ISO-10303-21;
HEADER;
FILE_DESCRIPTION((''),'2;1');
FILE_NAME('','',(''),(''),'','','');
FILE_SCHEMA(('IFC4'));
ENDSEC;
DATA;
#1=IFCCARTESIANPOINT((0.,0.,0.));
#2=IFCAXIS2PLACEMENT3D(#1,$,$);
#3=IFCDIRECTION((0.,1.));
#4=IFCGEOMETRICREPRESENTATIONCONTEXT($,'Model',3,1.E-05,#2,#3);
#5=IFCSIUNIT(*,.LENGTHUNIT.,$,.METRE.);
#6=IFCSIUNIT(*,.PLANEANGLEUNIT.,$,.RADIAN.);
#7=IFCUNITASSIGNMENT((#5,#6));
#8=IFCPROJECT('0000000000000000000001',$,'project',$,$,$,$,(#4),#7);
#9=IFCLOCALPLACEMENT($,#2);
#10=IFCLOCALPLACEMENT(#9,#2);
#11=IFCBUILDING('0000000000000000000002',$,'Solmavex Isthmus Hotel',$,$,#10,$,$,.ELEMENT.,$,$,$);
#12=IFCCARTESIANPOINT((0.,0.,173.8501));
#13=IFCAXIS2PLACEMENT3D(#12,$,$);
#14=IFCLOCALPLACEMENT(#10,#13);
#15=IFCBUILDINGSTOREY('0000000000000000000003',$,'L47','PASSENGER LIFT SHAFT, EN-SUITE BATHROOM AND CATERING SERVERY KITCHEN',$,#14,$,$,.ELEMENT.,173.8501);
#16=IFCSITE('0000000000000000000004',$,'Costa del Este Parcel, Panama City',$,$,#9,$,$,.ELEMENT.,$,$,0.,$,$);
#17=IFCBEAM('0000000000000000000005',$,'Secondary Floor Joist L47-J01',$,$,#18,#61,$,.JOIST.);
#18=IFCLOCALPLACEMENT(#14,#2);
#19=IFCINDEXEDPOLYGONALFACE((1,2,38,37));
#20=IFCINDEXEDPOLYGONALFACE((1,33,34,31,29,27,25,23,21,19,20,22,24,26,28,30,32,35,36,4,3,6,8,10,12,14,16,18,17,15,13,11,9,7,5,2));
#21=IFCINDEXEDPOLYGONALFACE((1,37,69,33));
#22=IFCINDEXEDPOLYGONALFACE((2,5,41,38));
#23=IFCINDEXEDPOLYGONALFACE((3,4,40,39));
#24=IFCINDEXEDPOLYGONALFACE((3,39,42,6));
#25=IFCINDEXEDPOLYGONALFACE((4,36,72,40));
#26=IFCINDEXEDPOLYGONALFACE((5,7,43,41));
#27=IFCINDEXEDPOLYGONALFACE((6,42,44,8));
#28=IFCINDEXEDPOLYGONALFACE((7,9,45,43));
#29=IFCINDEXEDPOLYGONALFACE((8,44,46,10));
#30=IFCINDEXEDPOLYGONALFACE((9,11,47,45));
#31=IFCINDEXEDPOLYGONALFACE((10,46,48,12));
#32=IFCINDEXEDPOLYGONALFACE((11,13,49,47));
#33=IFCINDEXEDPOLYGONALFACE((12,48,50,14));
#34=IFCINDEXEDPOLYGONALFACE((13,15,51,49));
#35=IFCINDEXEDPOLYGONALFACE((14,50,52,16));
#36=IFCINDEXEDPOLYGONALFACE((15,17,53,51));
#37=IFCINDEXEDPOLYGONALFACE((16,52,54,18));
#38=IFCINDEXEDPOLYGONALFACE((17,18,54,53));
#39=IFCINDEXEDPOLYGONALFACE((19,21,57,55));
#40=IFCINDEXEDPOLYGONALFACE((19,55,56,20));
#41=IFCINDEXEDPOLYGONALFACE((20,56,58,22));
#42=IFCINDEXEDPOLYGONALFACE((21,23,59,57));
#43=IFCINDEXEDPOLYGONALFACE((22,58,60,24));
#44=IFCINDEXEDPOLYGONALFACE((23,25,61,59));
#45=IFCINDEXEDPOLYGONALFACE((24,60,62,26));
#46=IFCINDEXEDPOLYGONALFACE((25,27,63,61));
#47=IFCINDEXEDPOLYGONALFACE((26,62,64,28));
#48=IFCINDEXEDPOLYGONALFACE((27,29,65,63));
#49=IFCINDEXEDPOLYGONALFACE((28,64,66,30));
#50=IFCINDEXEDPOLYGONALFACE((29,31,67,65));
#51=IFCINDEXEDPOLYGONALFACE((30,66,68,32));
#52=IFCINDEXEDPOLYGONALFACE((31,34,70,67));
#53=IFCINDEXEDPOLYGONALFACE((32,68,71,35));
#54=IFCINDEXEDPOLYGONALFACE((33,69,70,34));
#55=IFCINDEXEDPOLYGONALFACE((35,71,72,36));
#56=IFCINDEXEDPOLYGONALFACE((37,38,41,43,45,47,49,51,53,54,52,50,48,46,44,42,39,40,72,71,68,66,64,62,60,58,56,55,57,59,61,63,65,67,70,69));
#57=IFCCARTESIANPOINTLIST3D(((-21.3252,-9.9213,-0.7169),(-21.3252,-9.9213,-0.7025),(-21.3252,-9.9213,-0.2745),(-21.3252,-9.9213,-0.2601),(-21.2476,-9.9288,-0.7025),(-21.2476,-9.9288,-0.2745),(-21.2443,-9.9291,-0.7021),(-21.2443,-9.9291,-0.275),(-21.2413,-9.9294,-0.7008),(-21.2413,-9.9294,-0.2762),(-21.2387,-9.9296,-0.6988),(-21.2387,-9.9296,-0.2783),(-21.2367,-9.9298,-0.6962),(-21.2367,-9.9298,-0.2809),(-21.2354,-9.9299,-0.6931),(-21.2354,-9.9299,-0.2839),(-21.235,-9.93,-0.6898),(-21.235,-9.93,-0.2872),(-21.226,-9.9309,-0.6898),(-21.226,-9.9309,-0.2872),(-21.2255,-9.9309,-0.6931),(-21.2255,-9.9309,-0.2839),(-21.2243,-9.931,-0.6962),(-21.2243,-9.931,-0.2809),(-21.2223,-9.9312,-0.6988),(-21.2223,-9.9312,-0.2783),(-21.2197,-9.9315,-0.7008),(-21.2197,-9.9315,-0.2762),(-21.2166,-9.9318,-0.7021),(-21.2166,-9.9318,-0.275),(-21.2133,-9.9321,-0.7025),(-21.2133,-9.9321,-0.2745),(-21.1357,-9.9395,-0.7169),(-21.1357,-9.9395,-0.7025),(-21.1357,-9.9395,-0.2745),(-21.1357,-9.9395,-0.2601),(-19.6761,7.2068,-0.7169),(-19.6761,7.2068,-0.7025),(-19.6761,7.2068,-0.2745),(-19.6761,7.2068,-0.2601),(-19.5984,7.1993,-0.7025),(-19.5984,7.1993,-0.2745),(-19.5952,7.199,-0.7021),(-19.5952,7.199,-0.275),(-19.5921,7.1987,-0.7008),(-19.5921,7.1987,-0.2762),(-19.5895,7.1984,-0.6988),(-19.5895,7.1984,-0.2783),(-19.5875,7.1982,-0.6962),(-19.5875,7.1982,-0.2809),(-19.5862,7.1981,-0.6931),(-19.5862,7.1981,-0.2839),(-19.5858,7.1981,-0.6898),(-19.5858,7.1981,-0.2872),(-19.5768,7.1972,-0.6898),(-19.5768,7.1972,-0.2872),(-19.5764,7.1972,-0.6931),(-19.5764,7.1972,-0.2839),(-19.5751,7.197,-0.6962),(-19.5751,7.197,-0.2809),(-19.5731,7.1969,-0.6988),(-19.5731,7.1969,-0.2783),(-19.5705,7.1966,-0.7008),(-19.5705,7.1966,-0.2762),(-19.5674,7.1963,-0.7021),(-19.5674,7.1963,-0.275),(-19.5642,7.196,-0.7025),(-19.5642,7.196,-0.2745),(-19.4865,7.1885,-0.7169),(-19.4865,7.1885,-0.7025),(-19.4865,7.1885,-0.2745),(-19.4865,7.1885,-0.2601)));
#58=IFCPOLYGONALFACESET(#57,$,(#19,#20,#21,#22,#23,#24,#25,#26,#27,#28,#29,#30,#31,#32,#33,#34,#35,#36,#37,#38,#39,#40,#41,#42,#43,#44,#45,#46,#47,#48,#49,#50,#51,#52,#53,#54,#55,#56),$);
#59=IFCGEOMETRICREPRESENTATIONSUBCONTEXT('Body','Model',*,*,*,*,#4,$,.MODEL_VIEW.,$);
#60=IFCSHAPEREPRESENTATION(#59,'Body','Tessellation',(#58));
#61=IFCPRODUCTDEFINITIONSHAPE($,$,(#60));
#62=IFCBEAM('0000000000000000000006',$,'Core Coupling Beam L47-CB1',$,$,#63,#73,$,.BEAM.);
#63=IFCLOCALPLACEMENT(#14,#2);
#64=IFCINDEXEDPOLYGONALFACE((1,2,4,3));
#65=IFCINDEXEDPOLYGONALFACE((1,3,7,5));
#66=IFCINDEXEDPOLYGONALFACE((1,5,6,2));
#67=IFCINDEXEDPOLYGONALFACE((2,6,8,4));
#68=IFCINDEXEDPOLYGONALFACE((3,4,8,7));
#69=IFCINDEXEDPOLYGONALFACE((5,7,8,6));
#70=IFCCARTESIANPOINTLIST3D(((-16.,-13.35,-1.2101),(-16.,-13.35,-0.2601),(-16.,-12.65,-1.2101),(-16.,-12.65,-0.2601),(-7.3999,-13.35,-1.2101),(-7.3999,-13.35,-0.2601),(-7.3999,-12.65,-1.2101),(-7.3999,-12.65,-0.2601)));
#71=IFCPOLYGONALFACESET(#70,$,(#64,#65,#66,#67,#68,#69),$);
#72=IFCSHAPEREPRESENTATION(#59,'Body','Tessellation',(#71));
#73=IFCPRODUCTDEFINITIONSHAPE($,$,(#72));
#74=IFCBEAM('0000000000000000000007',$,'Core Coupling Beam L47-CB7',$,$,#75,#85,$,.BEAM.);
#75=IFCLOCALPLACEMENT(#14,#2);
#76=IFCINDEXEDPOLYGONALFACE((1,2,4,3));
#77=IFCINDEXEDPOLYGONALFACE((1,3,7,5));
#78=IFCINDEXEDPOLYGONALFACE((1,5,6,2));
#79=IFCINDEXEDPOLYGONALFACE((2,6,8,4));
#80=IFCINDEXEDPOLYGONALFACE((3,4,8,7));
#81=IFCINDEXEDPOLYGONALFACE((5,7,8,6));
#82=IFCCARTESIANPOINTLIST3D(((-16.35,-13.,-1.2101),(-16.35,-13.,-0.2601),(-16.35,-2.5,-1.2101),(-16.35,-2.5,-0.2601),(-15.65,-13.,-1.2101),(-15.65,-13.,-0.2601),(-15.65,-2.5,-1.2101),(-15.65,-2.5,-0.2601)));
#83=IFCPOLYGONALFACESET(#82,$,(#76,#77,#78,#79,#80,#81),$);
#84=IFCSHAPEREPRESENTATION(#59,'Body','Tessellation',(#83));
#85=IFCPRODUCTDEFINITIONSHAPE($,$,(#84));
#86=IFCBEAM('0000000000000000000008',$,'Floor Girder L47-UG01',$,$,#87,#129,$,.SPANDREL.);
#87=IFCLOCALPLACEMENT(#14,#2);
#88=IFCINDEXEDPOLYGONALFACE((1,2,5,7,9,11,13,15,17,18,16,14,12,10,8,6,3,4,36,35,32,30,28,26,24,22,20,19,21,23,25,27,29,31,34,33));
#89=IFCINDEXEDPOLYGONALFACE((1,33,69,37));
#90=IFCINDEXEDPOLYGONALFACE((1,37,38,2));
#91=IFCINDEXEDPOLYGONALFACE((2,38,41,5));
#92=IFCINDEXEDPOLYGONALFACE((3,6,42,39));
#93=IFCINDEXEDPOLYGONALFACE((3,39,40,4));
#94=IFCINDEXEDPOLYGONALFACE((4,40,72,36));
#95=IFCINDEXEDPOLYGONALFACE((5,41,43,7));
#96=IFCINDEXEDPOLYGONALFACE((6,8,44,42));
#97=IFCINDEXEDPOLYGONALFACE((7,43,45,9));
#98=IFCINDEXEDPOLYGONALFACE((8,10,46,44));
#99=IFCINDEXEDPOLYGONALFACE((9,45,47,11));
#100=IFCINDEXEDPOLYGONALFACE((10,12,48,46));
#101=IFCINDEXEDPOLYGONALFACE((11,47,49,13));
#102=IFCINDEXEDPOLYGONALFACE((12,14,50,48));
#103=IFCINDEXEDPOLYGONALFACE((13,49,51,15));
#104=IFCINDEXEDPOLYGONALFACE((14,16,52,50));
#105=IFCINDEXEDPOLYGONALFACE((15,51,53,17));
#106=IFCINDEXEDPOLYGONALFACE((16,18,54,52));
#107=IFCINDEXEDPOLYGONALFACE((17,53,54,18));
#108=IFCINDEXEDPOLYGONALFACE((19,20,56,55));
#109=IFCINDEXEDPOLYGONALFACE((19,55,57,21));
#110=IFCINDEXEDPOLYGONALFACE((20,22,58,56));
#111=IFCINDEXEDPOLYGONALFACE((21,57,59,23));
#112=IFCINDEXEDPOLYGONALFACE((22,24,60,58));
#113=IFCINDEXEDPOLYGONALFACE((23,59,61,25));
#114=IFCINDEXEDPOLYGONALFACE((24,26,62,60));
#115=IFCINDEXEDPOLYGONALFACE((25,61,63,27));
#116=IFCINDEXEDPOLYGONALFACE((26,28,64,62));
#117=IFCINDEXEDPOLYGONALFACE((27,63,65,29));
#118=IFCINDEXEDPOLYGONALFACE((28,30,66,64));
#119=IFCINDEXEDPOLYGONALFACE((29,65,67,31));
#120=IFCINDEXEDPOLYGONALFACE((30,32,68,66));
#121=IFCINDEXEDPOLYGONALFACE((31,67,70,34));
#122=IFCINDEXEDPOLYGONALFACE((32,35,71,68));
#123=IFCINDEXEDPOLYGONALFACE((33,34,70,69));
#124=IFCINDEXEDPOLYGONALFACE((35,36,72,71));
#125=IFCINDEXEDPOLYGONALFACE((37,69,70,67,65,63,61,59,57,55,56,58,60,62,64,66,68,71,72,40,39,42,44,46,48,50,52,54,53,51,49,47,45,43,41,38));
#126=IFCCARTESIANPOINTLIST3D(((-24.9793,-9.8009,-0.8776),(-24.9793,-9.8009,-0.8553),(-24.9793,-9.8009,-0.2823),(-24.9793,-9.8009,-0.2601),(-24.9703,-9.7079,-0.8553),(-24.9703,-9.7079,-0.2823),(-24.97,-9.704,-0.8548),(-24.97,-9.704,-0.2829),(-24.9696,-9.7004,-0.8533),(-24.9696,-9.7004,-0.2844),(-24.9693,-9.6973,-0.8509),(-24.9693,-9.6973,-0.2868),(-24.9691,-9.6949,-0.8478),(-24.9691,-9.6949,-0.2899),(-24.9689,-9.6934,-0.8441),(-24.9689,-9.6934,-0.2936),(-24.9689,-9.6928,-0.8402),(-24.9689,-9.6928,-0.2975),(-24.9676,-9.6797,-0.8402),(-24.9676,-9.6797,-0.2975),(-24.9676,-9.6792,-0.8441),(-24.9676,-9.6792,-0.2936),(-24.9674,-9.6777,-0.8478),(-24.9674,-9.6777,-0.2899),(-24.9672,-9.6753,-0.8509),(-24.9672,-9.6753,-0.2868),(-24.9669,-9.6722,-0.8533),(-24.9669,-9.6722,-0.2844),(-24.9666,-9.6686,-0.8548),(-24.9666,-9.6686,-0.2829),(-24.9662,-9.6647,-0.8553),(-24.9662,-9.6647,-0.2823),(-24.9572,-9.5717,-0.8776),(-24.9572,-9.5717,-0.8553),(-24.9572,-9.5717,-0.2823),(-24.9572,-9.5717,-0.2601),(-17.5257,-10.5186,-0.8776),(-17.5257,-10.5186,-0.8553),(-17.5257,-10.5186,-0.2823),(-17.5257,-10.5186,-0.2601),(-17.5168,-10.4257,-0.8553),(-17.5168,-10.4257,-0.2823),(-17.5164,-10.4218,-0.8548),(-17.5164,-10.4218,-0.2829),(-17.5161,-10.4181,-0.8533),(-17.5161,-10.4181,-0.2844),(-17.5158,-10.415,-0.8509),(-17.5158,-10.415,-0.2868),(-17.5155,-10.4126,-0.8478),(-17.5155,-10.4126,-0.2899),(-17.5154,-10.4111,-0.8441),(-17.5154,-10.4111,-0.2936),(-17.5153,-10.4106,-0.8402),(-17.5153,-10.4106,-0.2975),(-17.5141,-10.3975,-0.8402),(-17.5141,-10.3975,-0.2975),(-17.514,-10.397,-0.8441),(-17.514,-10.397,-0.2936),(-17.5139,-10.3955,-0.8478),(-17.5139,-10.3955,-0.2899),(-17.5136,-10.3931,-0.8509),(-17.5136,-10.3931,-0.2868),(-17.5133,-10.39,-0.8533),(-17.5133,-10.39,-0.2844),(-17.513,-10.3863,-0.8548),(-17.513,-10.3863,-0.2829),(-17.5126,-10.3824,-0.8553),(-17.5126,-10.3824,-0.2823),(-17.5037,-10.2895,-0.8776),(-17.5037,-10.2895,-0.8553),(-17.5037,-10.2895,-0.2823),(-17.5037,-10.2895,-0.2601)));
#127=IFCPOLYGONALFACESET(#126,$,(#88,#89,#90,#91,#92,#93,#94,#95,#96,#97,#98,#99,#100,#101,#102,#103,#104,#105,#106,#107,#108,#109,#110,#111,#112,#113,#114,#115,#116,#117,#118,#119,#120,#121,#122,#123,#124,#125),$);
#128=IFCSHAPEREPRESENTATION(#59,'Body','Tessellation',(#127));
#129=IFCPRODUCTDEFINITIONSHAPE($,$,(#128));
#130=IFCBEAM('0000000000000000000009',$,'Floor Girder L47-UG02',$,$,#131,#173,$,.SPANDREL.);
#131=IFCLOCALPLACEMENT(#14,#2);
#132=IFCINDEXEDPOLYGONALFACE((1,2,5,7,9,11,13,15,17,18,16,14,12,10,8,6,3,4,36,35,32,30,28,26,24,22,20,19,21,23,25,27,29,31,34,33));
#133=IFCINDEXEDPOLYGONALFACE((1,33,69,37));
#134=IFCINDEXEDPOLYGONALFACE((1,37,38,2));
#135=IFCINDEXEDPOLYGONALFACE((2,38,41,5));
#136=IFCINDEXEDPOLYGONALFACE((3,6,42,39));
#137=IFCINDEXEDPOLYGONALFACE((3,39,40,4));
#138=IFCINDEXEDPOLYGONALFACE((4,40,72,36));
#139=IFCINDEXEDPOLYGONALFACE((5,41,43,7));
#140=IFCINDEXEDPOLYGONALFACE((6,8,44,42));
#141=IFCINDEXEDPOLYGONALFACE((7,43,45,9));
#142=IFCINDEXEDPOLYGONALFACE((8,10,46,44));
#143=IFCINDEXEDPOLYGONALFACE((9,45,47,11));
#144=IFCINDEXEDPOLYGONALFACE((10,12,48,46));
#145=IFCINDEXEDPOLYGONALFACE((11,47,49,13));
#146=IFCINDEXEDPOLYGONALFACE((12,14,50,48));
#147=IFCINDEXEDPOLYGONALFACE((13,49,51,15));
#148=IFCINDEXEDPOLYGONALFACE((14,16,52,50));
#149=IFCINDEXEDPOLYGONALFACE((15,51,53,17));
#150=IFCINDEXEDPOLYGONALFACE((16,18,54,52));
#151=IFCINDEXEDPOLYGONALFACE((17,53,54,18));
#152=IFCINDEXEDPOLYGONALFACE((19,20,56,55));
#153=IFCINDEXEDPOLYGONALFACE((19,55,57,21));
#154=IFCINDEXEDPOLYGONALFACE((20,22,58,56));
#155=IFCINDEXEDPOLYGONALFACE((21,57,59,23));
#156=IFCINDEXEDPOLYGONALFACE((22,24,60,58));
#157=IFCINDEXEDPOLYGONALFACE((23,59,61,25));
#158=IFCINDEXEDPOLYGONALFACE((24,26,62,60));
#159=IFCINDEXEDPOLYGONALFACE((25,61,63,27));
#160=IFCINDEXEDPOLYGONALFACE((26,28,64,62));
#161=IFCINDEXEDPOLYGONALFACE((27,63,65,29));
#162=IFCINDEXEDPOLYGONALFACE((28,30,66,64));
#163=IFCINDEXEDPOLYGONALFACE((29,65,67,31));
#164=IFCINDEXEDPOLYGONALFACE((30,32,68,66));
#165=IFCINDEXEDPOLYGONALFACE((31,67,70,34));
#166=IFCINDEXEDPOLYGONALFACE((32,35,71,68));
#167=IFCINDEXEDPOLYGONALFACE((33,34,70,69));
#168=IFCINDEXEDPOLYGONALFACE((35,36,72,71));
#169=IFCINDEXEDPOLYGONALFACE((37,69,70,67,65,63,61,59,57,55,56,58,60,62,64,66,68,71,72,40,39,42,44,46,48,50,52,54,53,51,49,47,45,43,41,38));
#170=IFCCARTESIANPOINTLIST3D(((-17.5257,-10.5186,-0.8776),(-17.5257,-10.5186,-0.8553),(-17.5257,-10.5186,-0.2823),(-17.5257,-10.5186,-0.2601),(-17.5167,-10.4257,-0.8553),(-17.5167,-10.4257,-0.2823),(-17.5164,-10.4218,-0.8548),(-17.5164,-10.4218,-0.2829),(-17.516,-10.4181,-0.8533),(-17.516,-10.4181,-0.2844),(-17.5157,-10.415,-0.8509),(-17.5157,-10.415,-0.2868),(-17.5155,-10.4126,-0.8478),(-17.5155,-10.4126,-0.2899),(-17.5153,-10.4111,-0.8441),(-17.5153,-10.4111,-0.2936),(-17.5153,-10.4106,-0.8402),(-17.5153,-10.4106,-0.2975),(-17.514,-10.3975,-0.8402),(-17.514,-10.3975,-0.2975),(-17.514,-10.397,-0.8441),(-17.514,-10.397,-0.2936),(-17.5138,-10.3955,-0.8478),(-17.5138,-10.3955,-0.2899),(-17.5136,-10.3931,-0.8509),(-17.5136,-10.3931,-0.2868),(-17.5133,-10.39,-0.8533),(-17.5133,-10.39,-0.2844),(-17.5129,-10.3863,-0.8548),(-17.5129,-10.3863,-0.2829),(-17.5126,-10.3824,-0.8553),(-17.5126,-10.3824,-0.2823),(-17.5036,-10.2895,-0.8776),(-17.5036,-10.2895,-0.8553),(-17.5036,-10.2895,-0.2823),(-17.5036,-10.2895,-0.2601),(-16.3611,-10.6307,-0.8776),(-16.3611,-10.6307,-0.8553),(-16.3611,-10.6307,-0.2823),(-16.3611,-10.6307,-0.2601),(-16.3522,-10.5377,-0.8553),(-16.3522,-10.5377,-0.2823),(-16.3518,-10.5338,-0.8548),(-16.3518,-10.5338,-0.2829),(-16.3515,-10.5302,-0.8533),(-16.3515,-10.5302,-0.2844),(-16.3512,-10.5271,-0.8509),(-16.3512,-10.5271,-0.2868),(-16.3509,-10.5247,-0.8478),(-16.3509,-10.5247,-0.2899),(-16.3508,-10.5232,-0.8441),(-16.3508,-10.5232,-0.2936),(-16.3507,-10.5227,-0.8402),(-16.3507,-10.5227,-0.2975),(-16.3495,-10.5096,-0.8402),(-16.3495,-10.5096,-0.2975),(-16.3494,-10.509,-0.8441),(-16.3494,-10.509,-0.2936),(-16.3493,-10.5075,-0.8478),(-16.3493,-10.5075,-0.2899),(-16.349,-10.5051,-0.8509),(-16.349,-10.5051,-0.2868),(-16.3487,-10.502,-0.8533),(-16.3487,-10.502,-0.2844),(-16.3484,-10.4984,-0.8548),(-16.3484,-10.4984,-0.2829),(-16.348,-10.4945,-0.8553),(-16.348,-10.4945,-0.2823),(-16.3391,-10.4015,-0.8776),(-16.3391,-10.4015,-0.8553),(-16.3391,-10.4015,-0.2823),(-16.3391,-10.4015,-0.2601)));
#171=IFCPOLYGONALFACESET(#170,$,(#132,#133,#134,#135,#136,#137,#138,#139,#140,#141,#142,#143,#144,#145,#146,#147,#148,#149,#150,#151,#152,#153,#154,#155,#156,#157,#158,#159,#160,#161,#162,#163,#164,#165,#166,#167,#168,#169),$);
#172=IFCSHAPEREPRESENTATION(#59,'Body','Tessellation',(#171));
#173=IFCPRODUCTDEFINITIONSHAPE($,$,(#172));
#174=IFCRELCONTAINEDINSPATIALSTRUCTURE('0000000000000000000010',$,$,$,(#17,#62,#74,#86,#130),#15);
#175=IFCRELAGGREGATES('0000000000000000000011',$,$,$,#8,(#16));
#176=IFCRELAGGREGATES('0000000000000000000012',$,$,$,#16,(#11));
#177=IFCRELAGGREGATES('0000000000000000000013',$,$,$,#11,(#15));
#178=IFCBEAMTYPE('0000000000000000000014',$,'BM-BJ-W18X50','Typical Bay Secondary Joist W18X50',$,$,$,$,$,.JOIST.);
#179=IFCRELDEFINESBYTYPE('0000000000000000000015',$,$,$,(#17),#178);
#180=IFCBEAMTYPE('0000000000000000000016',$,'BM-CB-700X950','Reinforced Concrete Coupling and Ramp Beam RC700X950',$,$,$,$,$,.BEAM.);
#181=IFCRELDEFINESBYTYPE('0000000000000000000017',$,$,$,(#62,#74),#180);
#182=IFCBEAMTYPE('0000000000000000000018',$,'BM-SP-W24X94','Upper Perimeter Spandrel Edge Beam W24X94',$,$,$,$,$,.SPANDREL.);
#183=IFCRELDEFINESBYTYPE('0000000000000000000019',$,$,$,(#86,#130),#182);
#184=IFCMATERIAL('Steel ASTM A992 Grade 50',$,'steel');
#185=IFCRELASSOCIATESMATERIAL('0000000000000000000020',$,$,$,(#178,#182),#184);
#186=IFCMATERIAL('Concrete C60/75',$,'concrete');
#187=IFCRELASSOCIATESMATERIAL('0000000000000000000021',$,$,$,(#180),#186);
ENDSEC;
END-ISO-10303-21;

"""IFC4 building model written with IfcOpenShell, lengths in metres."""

from ifc_helpers import new_model, si_unit, direction, frame, origin, origin_2d, place, context, subcontext, project, spatial, rectangle, i_section, extrude, material, material_profile, profile_set, type_object, element, save


model = new_model("IFC4")

# Units and contexts
model_context = context("Model", 3, precision=1e-05, world=origin(), true_north=direction((0.0, 1.0)))
body_context = subcontext(model_context, "Body", "Model", "MODEL_VIEW")
ifc_project = project(units=[si_unit("LENGTHUNIT", "METRE"), si_unit("PLANEANGLEUNIT", "RADIAN")], contexts=[model_context])

# Site, building, storey
site_placement = place(None, origin())
site = spatial("IfcSite", under=ifc_project, at=site_placement, Name="Costa del Este Parcel, Panama City", CompositionType="ELEMENT", RefElevation=0.0)
building_placement = place(site_placement, origin())
building = spatial("IfcBuilding", under=site, at=building_placement, Name="Solmavex Isthmus Hotel", CompositionType="ELEMENT")
storey_placement = place(building_placement, frame((0.0, 0.0, 173.8501)))
storey = spatial("IfcBuildingStorey", under=building, at=storey_placement, Name="L47", Description="PASSENGER LIFT SHAFT, EN-SUITE BATHROOM AND CATERING SERVERY KITCHEN", CompositionType="ELEMENT", Elevation=173.8501)

# Shared definitions
ifc_material_1 = material(Name="Concrete C60/75", Category="concrete")

# Beams
ifc_material_2 = material(Name="Steel ASTM A992 Grade 50", Category="steel")
ifc_material_profile_1 = material_profile(ifc_material_2, i_section(OverallWidth=0.1904, OverallDepth=0.4568, WebThickness=0.009, FlangeThickness=0.0144, FilletRadius=0.0127, at=origin_2d()), Name="W18X50")
ifc_profile_set_1 = profile_set([ifc_material_profile_1], Name="Steel ASTM A992 Grade 50")
beam_type_1 = type_object("IfcBeamType", Name="BM-BJ-W18X50", Description="Typical Bay Secondary Joist W18X50", PredefinedType="JOIST", material=ifc_profile_set_1)
beam_1_placement = place(storey_placement, frame((-21.2305, -9.9304, -0.4885), z_axis=(0.095841, 0.995397, 0.0), x_axis=(-0.995397, 0.095841, 0.0)))
element("IfcBeam", 1, at=beam_1_placement, inside=storey, type_object=beam_type_1, Name="Secondary Floor Joist L47-J01", PredefinedType="JOIST", context=body_context, shape_type="SweptSolid", body=[
    extrude(i_section(OverallWidth=0.1904, OverallDepth=0.4568, WebThickness=0.009, FlangeThickness=0.0144, FilletRadius=0.0127, at=origin_2d()), origin(), (0.0, 0.0, 1.0), 17.2073),
])
ifc_material_profile_2 = material_profile(ifc_material_1, rectangle(XDim=0.7, YDim=0.95, at=origin_2d()), Name="RC700X950")
ifc_profile_set_2 = profile_set([ifc_material_profile_2], Name="Concrete C60/75")
beam_type_2 = type_object("IfcBeamType", Name="BM-CB-700X950", Description="Reinforced Concrete Coupling and Ramp Beam RC700X950", PredefinedType="BEAM", material=ifc_profile_set_2)
beam_2_placement = place(storey_placement, frame((-16.0, -13.0, -0.7351), z_axis=(1.0, 0.0, 0.0), x_axis=(0.0, 1.0, 0.0)))
element("IfcBeam", 2, at=beam_2_placement, inside=storey, type_object=beam_type_2, Name="Core Coupling Beam L47-CB1", PredefinedType="BEAM", context=body_context, shape_type="SweptSolid", body=[
    extrude(rectangle(XDim=0.7, YDim=0.95, at=origin_2d()), origin(), (0.0, 0.0, 1.0), 8.6001),
])
beam_3_placement = place(storey_placement, frame((-16.0, -13.0, -0.7351), z_axis=(0.0, 1.0, 0.0), x_axis=(-1.0, 0.0, 0.0)))
element("IfcBeam", 3, at=beam_3_placement, inside=storey, type_object=beam_type_2, Name="Core Coupling Beam L47-CB7", PredefinedType="BEAM", context=body_context, shape_type="SweptSolid", body=[
    extrude(rectangle(XDim=0.7, YDim=0.95, at=origin_2d()), origin(), (0.0, 0.0, 1.0), 10.5),
])
ifc_material_profile_3 = material_profile(ifc_material_2, i_section(OverallWidth=0.2302, OverallDepth=0.6174, WebThickness=0.0132, FlangeThickness=0.0222, FilletRadius=0.0151, at=origin_2d()), Name="W24X94")
ifc_profile_set_3 = profile_set([ifc_material_profile_3], Name="Steel ASTM A992 Grade 50")
beam_type_3 = type_object("IfcBeamType", Name="BM-SP-W24X94", Description="Upper Perimeter Spandrel Edge Beam W24X94", PredefinedType="SPANDREL", material=ifc_profile_set_3)
beam_4_placement = place(storey_placement, frame((-24.9683, -9.6863, -0.5688), z_axis=(0.995395, -0.095855, 0.0), x_axis=(0.095855, 0.995395, 0.0)))
element("IfcBeam", 4, at=beam_4_placement, inside=storey, type_object=beam_type_3, Name="Floor Girder L47-UG01", PredefinedType="SPANDREL", context=body_context, shape_type="SweptSolid", body=[
    extrude(i_section(OverallWidth=0.2302, OverallDepth=0.6174, WebThickness=0.0132, FlangeThickness=0.0222, FilletRadius=0.0151, at=origin_2d()), origin(), (0.0, 0.0, 1.0), 7.488),
])
beam_5_placement = place(storey_placement, frame((-17.5146, -10.4041, -0.5688), z_axis=(0.995402, -0.095784, 0.0), x_axis=(0.095784, 0.995402, 0.0)))
element("IfcBeam", 5, at=beam_5_placement, inside=storey, type_object=beam_type_3, Name="Floor Girder L47-UG02", PredefinedType="SPANDREL", context=body_context, shape_type="SweptSolid", body=[
    extrude(i_section(OverallWidth=0.2302, OverallDepth=0.6174, WebThickness=0.0132, FlangeThickness=0.0222, FilletRadius=0.0151, at=origin_2d()), origin(), (0.0, 0.0, 1.0), 1.1699),
])

save(model, "model.ifc")
